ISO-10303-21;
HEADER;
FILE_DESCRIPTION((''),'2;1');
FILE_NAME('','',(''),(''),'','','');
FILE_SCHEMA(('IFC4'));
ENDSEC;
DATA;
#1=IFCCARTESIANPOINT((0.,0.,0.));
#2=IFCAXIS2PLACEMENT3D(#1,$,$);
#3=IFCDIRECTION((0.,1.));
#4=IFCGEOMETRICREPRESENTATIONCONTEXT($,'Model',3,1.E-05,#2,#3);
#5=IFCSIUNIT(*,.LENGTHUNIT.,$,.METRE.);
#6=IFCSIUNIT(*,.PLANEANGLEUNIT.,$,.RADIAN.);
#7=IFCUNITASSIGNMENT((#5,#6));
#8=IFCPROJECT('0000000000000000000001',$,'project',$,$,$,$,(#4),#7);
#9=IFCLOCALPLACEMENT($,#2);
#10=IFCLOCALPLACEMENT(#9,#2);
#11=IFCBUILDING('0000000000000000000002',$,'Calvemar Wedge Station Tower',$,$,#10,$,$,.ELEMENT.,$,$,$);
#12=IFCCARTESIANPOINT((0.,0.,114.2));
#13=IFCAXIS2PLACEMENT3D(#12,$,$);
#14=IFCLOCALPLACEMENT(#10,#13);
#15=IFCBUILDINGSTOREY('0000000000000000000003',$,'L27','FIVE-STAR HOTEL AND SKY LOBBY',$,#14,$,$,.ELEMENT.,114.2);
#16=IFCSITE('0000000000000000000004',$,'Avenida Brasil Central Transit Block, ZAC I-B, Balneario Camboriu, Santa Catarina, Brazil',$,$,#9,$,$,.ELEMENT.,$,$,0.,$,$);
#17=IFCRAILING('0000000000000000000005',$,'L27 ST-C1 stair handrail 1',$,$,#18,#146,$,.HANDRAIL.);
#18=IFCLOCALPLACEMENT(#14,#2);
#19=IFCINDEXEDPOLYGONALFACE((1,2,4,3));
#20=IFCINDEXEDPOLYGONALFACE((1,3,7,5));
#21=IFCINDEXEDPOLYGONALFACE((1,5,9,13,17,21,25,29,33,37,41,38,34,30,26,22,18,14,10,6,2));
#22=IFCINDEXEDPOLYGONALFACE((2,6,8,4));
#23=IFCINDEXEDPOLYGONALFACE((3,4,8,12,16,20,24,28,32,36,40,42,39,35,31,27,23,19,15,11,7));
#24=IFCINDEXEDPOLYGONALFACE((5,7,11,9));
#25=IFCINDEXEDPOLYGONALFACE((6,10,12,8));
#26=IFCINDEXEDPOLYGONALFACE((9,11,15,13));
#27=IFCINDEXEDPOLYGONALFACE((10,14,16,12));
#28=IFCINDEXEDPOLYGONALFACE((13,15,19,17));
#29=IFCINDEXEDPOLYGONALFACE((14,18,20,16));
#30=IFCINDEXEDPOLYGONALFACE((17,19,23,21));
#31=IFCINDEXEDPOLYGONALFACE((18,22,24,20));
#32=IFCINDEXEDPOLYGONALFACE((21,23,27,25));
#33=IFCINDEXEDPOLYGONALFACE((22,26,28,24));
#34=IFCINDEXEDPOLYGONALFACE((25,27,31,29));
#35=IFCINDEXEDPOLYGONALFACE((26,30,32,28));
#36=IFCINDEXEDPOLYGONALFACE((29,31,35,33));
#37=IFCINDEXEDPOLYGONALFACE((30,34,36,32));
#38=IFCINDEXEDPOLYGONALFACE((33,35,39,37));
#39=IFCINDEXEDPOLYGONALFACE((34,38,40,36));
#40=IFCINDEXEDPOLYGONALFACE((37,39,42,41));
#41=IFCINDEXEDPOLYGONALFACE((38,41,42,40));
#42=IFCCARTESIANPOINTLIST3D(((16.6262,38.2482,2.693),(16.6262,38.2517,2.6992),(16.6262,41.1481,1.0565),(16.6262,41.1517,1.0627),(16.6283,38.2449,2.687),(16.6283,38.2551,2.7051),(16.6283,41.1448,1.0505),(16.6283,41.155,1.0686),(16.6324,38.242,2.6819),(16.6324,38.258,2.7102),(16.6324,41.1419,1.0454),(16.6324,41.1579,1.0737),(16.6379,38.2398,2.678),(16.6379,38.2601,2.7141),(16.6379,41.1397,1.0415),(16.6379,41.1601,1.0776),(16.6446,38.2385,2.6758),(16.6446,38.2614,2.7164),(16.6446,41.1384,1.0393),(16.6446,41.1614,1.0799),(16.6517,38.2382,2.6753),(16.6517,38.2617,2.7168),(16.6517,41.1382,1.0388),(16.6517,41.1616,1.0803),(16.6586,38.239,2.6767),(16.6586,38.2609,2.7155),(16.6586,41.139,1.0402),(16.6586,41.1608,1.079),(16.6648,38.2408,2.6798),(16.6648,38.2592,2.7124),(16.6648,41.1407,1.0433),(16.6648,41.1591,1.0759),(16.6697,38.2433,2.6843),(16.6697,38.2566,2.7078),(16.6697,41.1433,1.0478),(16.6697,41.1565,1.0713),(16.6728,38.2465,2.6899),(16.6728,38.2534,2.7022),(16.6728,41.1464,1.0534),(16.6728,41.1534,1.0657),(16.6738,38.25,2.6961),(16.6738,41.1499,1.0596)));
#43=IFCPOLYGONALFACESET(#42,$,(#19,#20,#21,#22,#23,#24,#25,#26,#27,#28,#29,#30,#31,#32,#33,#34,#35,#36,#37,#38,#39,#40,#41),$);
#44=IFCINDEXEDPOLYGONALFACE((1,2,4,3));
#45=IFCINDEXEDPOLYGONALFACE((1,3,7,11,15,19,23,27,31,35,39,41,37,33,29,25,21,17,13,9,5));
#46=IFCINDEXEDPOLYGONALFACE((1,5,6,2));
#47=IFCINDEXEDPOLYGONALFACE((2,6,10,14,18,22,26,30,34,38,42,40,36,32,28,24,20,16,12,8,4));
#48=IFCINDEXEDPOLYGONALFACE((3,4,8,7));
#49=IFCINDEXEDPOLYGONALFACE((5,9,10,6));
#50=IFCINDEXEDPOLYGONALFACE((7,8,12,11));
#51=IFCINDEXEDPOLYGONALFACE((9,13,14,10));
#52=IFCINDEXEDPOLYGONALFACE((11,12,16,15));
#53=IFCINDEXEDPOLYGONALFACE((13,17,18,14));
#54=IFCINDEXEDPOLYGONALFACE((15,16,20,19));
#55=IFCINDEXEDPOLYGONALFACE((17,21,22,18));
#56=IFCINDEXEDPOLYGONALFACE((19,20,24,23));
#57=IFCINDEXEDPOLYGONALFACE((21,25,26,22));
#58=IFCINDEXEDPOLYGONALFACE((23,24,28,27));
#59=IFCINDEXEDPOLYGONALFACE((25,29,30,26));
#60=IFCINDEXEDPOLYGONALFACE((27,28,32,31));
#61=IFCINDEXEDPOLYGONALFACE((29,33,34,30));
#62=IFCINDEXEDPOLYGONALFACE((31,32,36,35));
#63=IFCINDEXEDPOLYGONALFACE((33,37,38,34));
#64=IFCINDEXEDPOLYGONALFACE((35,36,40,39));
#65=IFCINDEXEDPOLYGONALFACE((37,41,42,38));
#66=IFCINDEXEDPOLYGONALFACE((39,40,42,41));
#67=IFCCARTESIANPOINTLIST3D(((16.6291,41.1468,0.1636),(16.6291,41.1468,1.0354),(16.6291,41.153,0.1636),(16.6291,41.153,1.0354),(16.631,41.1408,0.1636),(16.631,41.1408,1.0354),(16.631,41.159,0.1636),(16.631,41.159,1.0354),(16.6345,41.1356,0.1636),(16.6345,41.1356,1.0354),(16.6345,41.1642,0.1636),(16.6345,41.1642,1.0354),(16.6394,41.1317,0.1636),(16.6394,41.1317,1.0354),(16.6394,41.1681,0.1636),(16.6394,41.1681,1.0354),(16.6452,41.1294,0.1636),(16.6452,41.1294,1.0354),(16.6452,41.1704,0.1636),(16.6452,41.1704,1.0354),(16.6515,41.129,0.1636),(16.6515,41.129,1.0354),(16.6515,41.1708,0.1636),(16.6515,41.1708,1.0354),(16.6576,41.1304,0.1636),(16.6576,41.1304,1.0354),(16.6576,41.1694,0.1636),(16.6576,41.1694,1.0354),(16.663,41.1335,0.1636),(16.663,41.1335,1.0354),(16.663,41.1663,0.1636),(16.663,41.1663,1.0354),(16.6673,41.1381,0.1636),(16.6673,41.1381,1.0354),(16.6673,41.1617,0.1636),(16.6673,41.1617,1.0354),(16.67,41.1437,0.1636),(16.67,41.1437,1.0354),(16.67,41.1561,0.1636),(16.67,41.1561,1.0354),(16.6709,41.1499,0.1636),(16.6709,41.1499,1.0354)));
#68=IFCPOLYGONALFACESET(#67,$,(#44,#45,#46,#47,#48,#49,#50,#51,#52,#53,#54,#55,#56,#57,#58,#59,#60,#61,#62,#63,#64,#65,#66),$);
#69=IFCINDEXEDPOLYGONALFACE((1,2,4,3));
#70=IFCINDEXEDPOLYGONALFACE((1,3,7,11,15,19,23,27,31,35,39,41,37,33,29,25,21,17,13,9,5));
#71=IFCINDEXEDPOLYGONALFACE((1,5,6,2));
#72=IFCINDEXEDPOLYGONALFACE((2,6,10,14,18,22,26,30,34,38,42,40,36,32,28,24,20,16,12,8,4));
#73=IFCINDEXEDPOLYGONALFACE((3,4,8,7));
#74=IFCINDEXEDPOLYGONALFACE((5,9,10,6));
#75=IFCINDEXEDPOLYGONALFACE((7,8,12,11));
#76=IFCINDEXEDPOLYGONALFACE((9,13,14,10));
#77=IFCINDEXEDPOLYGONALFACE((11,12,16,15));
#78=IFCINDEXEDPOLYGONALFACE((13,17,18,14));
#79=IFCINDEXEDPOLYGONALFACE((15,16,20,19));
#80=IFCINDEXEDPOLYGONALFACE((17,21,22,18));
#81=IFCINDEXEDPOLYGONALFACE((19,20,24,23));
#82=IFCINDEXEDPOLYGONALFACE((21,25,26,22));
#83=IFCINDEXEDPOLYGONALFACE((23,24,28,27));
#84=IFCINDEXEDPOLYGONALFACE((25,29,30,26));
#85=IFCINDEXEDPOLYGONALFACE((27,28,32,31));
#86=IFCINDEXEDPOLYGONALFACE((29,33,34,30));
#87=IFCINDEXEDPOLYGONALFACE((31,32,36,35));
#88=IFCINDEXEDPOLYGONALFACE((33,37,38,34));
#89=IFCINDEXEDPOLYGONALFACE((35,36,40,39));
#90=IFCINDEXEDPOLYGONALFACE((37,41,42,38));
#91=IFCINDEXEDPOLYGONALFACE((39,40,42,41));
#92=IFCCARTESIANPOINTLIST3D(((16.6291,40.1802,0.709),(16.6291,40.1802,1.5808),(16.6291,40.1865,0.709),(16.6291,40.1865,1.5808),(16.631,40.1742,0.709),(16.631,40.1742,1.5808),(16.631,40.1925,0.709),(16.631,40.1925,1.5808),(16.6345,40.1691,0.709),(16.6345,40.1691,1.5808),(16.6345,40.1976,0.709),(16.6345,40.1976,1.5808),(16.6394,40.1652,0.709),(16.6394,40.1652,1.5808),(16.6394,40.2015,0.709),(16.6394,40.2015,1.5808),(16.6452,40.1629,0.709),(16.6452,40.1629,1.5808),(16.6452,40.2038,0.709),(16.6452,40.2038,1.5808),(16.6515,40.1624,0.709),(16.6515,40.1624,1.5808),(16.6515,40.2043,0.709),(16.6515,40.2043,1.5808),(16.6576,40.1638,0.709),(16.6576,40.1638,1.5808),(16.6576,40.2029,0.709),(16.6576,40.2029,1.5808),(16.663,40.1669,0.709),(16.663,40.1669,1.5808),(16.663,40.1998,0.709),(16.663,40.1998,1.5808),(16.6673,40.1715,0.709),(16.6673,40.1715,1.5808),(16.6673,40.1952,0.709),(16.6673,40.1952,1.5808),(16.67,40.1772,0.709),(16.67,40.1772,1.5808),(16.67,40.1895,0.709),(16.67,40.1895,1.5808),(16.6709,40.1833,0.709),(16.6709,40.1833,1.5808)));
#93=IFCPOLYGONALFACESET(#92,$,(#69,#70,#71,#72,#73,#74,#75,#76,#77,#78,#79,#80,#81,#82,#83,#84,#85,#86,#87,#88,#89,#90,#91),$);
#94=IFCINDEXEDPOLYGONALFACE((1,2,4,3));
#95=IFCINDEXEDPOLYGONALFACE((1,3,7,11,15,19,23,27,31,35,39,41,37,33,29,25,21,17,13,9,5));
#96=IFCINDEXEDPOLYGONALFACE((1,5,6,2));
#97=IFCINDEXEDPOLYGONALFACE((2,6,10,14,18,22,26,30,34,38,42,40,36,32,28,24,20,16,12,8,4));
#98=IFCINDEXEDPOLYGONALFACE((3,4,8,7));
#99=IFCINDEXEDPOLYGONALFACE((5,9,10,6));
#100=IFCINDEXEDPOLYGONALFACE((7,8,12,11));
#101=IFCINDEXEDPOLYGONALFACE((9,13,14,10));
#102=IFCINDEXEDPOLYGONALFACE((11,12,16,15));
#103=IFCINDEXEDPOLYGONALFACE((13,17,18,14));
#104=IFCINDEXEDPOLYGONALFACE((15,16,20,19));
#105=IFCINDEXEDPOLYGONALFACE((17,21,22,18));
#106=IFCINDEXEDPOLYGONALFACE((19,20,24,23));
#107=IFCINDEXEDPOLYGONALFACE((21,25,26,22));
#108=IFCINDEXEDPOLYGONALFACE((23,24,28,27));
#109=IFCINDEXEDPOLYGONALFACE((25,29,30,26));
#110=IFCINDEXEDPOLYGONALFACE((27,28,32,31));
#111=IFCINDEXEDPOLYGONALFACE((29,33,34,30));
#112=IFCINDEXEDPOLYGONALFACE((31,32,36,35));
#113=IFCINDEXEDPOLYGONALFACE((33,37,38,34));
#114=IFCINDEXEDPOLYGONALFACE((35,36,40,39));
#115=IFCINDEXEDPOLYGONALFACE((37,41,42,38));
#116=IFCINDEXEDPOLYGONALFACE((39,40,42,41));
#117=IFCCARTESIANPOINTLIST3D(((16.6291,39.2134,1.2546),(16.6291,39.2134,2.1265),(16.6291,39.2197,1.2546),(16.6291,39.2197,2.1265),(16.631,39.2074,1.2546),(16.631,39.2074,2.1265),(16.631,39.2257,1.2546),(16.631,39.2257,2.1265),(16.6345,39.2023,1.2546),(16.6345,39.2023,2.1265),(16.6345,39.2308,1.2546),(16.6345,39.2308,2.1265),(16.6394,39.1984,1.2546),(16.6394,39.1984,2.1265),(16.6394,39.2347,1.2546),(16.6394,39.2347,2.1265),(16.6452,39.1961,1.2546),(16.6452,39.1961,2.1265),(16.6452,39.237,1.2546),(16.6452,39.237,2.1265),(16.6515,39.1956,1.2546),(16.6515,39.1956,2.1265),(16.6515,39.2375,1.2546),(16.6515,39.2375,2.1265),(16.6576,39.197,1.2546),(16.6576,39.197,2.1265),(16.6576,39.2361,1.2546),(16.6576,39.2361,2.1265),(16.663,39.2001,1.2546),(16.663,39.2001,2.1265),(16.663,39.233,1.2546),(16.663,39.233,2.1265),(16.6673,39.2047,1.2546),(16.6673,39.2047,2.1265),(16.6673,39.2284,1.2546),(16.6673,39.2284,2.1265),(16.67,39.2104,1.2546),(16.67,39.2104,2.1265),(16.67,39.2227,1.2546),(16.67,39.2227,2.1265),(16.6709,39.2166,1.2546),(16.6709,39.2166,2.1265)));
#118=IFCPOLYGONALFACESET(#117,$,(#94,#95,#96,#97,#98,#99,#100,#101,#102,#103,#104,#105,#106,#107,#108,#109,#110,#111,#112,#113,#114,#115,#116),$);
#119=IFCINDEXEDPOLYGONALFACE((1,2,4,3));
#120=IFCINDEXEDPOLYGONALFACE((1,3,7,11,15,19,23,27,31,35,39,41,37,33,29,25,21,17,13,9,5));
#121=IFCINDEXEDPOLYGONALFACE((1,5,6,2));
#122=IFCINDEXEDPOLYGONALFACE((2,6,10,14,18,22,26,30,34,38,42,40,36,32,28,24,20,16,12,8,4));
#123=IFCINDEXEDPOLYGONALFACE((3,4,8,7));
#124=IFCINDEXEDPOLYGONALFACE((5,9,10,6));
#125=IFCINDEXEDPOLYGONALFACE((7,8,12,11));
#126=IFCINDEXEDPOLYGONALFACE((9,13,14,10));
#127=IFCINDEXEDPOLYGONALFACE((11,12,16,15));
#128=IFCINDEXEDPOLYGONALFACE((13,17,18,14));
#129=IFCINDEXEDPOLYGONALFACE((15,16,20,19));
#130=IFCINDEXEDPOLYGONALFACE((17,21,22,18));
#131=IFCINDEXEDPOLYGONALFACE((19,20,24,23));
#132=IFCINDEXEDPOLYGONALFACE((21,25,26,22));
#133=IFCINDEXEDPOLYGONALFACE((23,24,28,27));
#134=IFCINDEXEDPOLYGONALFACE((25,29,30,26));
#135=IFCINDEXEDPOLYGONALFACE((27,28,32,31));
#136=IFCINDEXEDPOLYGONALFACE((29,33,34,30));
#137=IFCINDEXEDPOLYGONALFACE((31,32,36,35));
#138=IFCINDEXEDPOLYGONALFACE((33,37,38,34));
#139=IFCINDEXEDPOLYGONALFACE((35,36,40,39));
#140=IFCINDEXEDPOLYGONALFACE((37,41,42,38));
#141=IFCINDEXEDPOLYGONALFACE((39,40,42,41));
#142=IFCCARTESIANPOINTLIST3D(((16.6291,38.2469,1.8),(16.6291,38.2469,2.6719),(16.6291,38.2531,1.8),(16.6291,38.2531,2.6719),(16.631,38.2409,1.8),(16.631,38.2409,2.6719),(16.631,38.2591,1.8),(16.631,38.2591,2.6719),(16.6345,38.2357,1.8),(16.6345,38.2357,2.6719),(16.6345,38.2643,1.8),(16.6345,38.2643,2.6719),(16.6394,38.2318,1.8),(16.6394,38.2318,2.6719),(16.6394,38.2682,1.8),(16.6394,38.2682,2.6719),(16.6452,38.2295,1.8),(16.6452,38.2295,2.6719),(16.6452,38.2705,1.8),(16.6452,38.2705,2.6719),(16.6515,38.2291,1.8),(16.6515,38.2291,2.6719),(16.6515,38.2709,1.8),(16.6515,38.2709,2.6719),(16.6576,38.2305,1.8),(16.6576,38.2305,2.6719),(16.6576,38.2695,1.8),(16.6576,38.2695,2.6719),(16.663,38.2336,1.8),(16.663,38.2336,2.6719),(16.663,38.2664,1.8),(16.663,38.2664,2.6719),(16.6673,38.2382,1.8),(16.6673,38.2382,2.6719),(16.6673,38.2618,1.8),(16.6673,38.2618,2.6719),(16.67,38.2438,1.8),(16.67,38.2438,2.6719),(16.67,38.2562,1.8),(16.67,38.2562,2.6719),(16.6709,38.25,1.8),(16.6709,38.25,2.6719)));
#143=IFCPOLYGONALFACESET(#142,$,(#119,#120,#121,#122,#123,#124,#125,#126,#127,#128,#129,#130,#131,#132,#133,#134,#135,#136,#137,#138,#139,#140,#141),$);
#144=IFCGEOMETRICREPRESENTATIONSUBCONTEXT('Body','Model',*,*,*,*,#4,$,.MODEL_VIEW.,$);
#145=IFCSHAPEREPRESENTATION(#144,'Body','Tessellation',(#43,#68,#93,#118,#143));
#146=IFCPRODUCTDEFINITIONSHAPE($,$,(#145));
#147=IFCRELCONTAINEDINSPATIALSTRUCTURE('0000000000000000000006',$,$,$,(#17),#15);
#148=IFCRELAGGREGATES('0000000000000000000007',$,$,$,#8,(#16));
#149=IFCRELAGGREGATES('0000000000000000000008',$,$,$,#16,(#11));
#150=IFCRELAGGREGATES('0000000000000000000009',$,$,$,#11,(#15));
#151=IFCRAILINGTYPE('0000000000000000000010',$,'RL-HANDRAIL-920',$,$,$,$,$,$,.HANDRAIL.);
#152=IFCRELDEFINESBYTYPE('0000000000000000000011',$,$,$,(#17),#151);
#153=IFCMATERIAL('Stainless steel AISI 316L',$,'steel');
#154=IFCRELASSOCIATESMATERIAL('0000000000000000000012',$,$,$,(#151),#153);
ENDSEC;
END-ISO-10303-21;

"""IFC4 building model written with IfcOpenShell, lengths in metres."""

from ifc_helpers import new_model, si_unit, direction, frame, origin, origin_2d, place, context, subcontext, project, spatial, circle, extrude, material, type_object, element, save


model = new_model("IFC4")

# Units and contexts
model_context = context("Model", 3, precision=1e-05, world=origin(), true_north=direction((0.0, 1.0)))
body_context = subcontext(model_context, "Body", "Model", "MODEL_VIEW")
ifc_project = project(units=[si_unit("LENGTHUNIT", "METRE"), si_unit("PLANEANGLEUNIT", "RADIAN")], contexts=[model_context])

# Site, building, storey
site_placement = place(None, origin())
site = spatial("IfcSite", under=ifc_project, at=site_placement, Name="Avenida Brasil Central Transit Block, ZAC I-B, Balneario Camboriu, Santa Catarina, Brazil", CompositionType="ELEMENT", RefElevation=0.0)
building_placement = place(site_placement, origin())
building = spatial("IfcBuilding", under=site, at=building_placement, Name="Calvemar Wedge Station Tower", CompositionType="ELEMENT")
storey_placement = place(building_placement, frame((0.0, 0.0, 114.2)))
storey = spatial("IfcBuildingStorey", under=building, at=storey_placement, Name="L27", Description="FIVE-STAR HOTEL AND SKY LOBBY", CompositionType="ELEMENT", Elevation=114.2)

# Railing
ifc_material_1 = material(Name="Stainless steel AISI 316L", Category="steel")
railing_type_1 = type_object("IfcRailingType", Name="RL-HANDRAIL-920", PredefinedType="HANDRAIL", material=ifc_material_1)
railing_1_placement = place(storey_placement, frame((16.6499, 41.1499, 0.1636)))
element("IfcRailing", 1, at=railing_1_placement, inside=storey, type_object=railing_type_1, Name="L27 ST-C1 stair handrail 1", PredefinedType="HANDRAIL", context=body_context, shape_type="SweptSolid", body=[
    extrude(circle(Radius=0.0239, at=origin_2d()), frame((0.0, 0.0, 0.896), z_axis=(0.0, -0.870897, 0.491465), x_axis=(1.0, 0.0, 0.0)), (0.0, 0.0, 1.0), 3.3298),
    extrude(circle(Radius=0.021, at=origin_2d()), origin(), (0.0, 0.0, 1.0), 0.8718),
    extrude(circle(Radius=0.021, at=origin_2d()), frame((0.0, -0.9666, 0.5454)), (0.0, 0.0, 1.0), 0.8718),
    extrude(circle(Radius=0.021, at=origin_2d()), frame((0.0, -1.9333, 1.0911)), (0.0, 0.0, 1.0), 0.8718),
    extrude(circle(Radius=0.021, at=origin_2d()), frame((0.0, -2.8999, 1.6365)), (0.0, 0.0, 1.0), 0.8718),
])

save(model, "model.ifc")
